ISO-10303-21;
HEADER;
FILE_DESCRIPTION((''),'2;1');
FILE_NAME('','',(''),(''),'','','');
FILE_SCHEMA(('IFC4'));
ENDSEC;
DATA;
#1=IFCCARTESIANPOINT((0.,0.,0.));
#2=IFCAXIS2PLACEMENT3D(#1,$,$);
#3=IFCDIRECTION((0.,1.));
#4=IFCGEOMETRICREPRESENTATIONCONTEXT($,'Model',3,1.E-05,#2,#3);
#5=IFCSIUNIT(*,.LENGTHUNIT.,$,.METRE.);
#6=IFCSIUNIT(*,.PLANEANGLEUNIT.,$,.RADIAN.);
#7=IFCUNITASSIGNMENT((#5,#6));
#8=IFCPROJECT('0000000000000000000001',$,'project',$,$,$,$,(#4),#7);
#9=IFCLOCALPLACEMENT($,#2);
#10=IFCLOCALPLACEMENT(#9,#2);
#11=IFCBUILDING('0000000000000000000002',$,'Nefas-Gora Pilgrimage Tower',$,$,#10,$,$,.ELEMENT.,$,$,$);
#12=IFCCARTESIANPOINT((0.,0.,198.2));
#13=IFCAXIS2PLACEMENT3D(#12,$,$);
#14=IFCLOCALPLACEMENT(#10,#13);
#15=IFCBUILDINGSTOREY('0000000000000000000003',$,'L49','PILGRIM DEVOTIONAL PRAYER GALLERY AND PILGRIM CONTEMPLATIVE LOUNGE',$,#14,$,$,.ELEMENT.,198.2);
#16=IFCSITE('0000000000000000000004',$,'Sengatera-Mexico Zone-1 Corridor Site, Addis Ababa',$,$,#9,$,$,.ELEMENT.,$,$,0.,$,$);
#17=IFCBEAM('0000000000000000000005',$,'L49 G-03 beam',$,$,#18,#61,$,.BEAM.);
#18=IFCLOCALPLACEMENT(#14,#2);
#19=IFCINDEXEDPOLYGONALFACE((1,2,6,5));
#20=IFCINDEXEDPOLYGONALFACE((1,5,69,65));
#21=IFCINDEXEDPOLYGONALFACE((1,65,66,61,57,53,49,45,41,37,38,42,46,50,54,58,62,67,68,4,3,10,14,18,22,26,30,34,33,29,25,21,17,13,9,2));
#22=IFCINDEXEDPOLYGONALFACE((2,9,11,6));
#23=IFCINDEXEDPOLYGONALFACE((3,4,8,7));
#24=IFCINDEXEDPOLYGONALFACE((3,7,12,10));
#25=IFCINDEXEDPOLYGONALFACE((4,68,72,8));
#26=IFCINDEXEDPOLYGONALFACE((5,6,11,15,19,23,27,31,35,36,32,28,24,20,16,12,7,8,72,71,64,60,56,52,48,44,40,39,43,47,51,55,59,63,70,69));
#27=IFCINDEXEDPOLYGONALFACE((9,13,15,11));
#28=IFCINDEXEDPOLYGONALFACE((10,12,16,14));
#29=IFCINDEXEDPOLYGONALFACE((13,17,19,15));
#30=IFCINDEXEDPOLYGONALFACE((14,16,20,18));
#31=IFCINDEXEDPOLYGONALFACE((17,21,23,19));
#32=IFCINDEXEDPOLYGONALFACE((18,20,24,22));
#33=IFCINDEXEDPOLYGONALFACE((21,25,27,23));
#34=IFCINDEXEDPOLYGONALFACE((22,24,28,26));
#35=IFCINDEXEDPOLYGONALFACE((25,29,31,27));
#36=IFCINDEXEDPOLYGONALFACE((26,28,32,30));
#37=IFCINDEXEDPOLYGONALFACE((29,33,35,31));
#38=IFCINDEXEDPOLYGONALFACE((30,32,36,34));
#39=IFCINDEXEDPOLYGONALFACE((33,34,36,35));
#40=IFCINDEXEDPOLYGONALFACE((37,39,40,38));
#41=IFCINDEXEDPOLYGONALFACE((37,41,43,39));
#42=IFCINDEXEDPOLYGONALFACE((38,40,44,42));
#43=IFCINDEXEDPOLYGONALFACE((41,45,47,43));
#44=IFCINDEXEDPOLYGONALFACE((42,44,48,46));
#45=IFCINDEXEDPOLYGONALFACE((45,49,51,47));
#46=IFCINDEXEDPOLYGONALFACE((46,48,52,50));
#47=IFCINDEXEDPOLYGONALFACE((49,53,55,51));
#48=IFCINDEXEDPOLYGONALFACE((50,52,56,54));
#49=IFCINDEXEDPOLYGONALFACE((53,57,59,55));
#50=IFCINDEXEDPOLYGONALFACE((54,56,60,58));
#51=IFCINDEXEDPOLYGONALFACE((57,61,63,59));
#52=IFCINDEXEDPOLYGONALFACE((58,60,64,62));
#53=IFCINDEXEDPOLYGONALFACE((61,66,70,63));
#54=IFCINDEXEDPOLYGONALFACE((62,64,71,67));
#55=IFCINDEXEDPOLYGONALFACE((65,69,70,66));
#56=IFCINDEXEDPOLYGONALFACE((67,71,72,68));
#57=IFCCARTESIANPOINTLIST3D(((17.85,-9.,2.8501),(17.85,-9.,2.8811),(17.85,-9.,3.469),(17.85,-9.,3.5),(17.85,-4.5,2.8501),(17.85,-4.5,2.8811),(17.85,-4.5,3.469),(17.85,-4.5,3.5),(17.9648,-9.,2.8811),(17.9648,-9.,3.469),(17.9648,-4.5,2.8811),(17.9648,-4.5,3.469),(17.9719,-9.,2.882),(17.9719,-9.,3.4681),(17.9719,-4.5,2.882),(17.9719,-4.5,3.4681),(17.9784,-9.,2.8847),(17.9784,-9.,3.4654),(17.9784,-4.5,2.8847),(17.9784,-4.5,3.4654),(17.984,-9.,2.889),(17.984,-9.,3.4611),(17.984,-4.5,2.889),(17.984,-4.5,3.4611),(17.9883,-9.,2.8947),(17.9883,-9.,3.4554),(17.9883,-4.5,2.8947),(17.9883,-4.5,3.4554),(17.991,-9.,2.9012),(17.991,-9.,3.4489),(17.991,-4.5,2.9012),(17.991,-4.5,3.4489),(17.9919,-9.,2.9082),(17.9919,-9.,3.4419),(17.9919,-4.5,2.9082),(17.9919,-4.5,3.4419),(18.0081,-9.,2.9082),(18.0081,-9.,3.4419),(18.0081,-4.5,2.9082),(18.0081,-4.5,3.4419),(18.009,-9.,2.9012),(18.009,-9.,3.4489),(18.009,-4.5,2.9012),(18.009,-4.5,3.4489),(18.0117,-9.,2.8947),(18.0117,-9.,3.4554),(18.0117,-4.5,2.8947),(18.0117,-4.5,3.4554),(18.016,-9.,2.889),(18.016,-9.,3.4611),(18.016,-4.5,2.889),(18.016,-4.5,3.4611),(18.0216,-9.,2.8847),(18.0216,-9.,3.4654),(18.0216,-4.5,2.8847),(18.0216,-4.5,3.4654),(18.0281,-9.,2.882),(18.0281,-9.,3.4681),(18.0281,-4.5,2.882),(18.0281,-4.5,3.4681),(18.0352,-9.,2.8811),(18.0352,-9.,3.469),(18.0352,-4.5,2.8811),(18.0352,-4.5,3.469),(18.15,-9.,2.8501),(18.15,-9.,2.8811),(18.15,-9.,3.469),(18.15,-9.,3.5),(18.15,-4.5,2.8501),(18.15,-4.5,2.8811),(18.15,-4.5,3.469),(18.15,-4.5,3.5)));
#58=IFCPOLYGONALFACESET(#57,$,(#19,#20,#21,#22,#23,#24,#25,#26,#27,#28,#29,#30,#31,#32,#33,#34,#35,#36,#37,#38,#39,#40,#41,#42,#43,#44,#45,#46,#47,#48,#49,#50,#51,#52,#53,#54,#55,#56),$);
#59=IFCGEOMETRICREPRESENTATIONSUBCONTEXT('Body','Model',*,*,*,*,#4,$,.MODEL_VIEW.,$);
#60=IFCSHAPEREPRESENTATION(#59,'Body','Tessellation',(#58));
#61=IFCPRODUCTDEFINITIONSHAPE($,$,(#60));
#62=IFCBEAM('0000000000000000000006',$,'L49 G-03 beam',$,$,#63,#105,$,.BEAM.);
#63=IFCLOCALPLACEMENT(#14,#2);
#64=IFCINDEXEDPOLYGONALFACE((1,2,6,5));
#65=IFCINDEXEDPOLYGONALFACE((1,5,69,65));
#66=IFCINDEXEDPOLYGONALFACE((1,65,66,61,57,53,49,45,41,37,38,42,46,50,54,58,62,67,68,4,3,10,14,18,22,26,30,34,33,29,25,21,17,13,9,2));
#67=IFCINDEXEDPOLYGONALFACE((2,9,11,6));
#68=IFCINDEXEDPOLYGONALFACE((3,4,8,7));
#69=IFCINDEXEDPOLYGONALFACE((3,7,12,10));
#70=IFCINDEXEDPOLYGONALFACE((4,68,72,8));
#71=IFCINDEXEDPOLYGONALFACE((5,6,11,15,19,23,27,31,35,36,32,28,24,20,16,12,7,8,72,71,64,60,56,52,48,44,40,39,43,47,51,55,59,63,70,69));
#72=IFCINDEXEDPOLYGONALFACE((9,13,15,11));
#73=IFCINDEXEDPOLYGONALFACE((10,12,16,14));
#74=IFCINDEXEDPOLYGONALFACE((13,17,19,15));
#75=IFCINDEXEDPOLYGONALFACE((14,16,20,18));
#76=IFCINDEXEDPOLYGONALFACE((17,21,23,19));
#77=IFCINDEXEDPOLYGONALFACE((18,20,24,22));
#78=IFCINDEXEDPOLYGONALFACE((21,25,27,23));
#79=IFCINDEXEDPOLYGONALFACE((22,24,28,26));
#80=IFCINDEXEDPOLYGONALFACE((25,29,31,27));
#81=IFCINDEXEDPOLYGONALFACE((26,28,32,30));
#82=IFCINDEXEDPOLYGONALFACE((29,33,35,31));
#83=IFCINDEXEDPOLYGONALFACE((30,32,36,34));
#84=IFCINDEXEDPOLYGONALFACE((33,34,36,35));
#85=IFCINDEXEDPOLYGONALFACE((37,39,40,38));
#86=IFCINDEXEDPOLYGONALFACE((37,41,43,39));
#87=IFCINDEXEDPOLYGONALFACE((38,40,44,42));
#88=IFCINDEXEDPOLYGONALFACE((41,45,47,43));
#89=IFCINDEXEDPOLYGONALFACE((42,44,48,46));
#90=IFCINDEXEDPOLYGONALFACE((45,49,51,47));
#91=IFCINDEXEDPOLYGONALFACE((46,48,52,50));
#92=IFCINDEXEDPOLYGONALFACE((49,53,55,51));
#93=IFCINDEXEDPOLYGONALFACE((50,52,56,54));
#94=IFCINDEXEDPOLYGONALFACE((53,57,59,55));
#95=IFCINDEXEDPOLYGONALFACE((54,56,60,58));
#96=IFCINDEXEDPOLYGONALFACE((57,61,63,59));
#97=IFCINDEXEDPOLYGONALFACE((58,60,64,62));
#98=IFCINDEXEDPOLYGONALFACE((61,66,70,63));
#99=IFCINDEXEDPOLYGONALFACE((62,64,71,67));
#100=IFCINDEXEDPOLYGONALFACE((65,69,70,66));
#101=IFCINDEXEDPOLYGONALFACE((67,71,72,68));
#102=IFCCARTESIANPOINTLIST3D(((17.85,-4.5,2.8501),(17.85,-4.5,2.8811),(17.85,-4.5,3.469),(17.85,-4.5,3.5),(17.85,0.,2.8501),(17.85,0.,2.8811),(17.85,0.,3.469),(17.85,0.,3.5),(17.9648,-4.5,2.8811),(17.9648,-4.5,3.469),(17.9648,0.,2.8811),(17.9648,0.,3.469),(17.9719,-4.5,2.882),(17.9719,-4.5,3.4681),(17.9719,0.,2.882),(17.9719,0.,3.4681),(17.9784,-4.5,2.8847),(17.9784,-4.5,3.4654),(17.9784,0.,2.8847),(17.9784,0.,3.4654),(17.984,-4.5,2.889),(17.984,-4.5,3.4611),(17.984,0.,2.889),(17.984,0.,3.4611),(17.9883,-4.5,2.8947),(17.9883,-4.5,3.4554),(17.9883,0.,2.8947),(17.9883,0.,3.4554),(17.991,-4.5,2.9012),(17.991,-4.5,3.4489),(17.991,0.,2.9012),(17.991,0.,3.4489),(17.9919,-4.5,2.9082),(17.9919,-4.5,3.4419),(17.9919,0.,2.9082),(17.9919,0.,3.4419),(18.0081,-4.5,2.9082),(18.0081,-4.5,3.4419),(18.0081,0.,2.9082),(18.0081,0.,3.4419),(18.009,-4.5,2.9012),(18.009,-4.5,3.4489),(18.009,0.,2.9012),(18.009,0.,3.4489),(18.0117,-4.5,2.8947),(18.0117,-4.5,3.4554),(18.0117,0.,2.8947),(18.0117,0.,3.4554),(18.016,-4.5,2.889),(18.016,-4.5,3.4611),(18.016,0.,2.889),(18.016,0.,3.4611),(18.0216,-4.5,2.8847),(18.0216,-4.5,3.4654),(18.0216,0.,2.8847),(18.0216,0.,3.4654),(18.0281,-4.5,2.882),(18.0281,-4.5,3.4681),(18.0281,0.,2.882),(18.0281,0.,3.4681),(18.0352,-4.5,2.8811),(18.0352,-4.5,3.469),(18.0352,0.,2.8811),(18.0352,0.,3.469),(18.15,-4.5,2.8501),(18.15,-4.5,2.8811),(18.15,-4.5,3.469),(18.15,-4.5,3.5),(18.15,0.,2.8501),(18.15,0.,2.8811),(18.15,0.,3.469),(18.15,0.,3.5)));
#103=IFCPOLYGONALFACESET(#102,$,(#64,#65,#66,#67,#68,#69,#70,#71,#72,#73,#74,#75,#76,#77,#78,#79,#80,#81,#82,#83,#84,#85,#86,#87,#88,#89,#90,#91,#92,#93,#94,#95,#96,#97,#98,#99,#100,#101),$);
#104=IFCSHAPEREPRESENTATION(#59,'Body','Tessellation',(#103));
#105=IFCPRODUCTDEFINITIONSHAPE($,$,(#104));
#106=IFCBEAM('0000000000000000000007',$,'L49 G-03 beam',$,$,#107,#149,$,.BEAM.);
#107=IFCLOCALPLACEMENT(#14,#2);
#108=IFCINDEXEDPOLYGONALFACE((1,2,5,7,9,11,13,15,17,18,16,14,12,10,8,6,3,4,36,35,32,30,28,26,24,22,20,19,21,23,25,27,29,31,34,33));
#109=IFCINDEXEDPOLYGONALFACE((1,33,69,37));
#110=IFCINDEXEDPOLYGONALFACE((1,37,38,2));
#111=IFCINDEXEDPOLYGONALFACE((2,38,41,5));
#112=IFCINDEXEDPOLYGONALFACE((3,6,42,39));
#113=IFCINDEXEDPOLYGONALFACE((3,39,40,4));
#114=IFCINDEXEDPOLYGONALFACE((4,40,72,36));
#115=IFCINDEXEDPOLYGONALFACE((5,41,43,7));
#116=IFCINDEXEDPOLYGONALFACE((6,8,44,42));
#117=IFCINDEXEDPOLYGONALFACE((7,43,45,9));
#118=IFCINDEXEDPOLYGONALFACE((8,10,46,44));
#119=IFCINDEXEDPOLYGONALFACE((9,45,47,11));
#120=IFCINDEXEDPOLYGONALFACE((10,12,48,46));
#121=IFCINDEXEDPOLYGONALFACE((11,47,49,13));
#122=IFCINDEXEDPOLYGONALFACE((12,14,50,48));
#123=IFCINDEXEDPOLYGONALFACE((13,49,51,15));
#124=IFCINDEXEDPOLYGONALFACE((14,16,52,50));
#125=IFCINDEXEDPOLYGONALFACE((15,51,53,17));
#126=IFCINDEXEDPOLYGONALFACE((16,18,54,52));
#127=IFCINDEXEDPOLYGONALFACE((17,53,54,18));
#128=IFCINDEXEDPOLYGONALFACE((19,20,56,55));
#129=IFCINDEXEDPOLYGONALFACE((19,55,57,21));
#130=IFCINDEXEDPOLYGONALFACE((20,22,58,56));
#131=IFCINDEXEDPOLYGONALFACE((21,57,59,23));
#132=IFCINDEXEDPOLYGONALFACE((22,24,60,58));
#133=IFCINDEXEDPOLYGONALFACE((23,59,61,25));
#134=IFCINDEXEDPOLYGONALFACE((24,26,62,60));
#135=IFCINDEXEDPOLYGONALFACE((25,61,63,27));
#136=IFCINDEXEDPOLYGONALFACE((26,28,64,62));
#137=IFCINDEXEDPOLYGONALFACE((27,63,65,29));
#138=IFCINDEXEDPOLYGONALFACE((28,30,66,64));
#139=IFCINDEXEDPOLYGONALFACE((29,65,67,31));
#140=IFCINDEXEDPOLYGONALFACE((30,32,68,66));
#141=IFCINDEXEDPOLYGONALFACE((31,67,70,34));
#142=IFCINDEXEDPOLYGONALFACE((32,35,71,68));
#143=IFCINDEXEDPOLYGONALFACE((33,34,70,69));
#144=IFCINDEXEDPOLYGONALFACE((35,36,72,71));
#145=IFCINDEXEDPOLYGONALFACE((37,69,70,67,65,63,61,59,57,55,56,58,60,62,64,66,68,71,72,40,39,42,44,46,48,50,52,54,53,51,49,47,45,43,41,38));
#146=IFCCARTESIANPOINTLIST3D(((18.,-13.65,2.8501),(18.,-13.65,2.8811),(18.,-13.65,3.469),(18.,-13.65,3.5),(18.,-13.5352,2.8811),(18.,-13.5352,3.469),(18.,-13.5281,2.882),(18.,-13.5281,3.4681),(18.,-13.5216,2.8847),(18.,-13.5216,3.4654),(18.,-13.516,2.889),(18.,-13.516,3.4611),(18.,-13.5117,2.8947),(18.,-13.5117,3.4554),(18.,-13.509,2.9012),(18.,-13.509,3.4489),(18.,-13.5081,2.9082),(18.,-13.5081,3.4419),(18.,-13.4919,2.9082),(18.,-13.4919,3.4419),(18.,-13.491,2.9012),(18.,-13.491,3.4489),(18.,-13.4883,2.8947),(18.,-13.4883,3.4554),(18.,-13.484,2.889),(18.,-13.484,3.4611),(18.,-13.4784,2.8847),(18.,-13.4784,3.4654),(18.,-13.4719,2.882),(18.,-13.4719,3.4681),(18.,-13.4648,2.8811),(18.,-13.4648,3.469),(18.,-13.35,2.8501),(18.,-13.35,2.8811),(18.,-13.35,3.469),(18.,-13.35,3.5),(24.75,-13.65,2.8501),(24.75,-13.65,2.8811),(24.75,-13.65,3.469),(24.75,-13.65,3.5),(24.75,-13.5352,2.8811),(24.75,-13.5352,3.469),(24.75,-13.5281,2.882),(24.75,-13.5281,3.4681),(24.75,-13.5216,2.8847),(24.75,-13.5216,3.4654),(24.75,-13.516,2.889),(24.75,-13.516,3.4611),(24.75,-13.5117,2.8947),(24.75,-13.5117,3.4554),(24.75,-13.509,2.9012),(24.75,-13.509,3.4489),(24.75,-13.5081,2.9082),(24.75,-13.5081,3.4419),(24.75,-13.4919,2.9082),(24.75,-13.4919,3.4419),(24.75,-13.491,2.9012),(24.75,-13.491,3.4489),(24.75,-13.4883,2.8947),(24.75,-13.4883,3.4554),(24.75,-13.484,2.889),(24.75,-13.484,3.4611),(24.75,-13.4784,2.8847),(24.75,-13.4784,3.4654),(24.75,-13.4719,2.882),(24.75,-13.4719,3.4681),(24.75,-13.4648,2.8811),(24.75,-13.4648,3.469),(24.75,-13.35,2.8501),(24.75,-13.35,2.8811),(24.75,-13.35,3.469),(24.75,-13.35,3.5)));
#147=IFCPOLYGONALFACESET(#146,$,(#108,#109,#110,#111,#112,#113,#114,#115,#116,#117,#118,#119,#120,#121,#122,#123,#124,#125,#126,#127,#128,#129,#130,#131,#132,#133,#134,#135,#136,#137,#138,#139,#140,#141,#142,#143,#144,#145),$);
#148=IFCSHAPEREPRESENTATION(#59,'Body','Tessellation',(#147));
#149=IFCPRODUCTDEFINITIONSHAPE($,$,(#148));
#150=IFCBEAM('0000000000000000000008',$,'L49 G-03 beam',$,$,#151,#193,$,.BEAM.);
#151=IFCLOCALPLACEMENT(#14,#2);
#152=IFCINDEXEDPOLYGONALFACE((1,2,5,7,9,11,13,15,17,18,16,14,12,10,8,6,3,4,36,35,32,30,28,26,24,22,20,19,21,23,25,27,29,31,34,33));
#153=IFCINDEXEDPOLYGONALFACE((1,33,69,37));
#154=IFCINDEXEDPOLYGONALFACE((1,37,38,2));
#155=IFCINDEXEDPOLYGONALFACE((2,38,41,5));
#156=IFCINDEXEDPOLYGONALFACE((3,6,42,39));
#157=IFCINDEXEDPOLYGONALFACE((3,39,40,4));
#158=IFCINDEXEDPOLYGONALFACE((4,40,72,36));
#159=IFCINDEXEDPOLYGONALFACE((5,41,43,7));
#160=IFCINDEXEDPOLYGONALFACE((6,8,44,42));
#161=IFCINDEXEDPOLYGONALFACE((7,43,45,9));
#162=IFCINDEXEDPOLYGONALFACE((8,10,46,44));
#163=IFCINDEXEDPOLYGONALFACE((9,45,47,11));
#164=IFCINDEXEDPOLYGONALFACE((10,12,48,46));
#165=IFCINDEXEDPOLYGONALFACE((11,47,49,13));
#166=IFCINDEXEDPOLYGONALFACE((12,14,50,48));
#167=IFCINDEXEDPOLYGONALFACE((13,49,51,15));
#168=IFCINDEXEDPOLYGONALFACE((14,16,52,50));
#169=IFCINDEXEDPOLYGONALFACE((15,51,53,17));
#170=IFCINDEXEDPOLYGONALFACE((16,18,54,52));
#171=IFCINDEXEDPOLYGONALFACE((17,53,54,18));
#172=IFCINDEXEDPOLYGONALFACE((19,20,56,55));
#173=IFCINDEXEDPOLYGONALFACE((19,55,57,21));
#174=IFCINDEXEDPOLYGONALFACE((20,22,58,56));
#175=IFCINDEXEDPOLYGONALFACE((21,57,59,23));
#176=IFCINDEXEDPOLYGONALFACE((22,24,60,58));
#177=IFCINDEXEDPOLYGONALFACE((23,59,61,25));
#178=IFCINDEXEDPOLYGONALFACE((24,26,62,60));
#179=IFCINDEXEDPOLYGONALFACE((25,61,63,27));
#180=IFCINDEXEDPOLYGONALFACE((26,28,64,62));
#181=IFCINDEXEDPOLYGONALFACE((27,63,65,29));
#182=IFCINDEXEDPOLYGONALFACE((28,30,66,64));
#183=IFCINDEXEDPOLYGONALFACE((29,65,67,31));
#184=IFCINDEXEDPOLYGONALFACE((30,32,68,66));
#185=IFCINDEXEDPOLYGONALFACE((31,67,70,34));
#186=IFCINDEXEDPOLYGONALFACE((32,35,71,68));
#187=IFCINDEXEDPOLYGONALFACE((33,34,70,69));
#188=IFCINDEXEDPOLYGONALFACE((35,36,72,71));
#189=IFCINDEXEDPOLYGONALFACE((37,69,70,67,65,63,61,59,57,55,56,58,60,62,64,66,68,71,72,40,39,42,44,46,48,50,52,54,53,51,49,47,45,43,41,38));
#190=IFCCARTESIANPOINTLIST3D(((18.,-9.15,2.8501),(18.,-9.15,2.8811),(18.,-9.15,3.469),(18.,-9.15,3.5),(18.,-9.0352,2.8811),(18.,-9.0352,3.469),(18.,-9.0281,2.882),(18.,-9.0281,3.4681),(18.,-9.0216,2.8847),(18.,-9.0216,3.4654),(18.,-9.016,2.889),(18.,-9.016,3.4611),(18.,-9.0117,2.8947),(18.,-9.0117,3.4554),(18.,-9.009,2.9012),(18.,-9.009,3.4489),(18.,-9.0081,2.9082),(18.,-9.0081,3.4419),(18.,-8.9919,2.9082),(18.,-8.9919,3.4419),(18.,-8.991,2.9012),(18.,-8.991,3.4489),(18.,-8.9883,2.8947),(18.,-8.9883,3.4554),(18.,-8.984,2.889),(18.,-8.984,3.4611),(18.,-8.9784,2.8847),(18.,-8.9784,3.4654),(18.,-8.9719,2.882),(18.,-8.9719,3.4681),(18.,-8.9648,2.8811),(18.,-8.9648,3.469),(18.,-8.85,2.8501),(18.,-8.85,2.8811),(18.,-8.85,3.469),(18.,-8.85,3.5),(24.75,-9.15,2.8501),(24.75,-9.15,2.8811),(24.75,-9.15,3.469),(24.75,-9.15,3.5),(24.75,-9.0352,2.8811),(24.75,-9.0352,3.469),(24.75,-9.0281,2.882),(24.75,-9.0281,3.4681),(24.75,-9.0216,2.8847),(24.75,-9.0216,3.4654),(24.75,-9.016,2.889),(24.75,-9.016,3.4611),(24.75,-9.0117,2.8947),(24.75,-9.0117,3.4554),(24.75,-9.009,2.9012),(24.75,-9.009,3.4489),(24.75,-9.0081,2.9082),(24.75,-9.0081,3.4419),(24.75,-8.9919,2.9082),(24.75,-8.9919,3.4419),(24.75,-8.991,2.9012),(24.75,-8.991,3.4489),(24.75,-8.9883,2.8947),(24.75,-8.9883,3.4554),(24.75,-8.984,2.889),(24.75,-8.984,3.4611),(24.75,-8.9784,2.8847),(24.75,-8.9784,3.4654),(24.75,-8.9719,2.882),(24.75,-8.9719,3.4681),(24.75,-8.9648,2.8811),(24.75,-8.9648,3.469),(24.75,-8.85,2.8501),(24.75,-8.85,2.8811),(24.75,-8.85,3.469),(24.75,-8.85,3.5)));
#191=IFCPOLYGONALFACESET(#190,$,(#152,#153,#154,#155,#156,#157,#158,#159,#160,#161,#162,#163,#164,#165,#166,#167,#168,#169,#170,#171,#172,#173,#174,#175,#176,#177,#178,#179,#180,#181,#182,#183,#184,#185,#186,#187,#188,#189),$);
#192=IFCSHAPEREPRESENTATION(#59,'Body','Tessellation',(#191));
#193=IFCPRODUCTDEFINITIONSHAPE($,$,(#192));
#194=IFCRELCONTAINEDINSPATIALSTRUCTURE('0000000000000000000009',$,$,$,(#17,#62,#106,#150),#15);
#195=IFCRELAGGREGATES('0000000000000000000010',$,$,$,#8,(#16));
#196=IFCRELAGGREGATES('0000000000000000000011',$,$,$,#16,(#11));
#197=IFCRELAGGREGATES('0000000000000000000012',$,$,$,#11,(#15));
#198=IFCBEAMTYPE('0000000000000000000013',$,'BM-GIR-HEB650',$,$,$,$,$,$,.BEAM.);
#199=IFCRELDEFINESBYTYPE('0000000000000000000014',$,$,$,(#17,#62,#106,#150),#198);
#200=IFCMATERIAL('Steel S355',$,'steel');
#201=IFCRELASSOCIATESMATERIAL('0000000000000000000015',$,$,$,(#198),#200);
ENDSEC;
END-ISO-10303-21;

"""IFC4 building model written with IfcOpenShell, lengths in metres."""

from ifc_helpers import new_model, si_unit, direction, frame, origin, origin_2d, place, context, subcontext, project, spatial, i_section, extrude, source, transform, mapped, material, material_profile, profile_set, type_object, element, save


model = new_model("IFC4")

# Units and contexts
model_context = context("Model", 3, precision=1e-05, world=origin(), true_north=direction((0.0, 1.0)))
body_context = subcontext(model_context, "Body", "Model", "MODEL_VIEW")
ifc_project = project(units=[si_unit("LENGTHUNIT", "METRE"), si_unit("PLANEANGLEUNIT", "RADIAN")], contexts=[model_context])

# Site, building, storey
site_placement = place(None, origin())
site = spatial("IfcSite", under=ifc_project, at=site_placement, Name="Sengatera-Mexico Zone-1 Corridor Site, Addis Ababa", CompositionType="ELEMENT", RefElevation=0.0)
building_placement = place(site_placement, origin())
building = spatial("IfcBuilding", under=site, at=building_placement, Name="Nefas-Gora Pilgrimage Tower", CompositionType="ELEMENT")
storey_placement = place(building_placement, frame((0.0, 0.0, 198.2)))
storey = spatial("IfcBuildingStorey", under=building, at=storey_placement, Name="L49", Description="PILGRIM DEVOTIONAL PRAYER GALLERY AND PILGRIM CONTEMPLATIVE LOUNGE", CompositionType="ELEMENT", Elevation=198.2)

# Beams
ifc_material_1 = material(Name="Steel S355", Category="steel")
ifc_material_profile_1 = material_profile(ifc_material_1, i_section(OverallWidth=0.3, OverallDepth=0.6499, WebThickness=0.0161, FlangeThickness=0.031, FilletRadius=0.0271, at=origin_2d()), Name="HEB 650")
ifc_profile_set_1 = profile_set([ifc_material_profile_1], Name="Steel S355")
beam_type_1 = type_object("IfcBeamType", Name="BM-GIR-HEB650", PredefinedType="BEAM", material=ifc_profile_set_1)
shared_shape_1 = source(origin(), body_context, "Body", "SweptSolid", [
    extrude(i_section(OverallWidth=0.3, OverallDepth=0.6499, WebThickness=0.0161, FlangeThickness=0.031, FilletRadius=0.0271, at=origin_2d()), origin(), (0.0, 0.0, 1.0), 4.5),
])
for number, where, z_axis, x_axis, name in (
    (1, (18.0, -9.0, 3.175), (0.0, 1.0, 0.0), (-1.0, 0.0, 0.0), "L49 G-03 beam"),
    (2, (18.0, -4.5, 3.175), (0.0, 1.0, 0.0), (-1.0, 0.0, 0.0), "L49 G-03 beam"),
):
    element("IfcBeam", number, at=place(storey_placement, frame(where, z_axis=z_axis, x_axis=x_axis)), inside=storey, type_object=beam_type_1, Name=name, PredefinedType="BEAM", context=body_context, shape_type="MappedRepresentation", body=[
        mapped(shared_shape_1, transform((0.0, 0.0, 0.0), x_axis=(1.0, 0.0, 0.0), y_axis=(0.0, 1.0, 0.0), z_axis=(0.0, 0.0, 1.0), scale=1.0)),
    ])
shared_shape_2 = source(origin(), body_context, "Body", "SweptSolid", [
    extrude(i_section(OverallWidth=0.3, OverallDepth=0.6499, WebThickness=0.0161, FlangeThickness=0.031, FilletRadius=0.0271, at=origin_2d()), origin(), (0.0, 0.0, 1.0), 6.75),
])
for number, where, z_axis, x_axis, name in (
    (3, (18.0, -13.5, 3.175), (1.0, 0.0, 0.0), (0.0, 1.0, 0.0), "L49 G-03 beam"),
    (4, (18.0, -9.0, 3.175), (1.0, 0.0, 0.0), (0.0, 1.0, 0.0), "L49 G-03 beam"),
):
    element("IfcBeam", number, at=place(storey_placement, frame(where, z_axis=z_axis, x_axis=x_axis)), inside=storey, type_object=beam_type_1, Name=name, PredefinedType="BEAM", context=body_context, shape_type="MappedRepresentation", body=[
        mapped(shared_shape_2, transform((0.0, 0.0, 0.0), x_axis=(1.0, 0.0, 0.0), y_axis=(0.0, 1.0, 0.0), z_axis=(0.0, 0.0, 1.0), scale=1.0)),
    ])

save(model, "model.ifc")
